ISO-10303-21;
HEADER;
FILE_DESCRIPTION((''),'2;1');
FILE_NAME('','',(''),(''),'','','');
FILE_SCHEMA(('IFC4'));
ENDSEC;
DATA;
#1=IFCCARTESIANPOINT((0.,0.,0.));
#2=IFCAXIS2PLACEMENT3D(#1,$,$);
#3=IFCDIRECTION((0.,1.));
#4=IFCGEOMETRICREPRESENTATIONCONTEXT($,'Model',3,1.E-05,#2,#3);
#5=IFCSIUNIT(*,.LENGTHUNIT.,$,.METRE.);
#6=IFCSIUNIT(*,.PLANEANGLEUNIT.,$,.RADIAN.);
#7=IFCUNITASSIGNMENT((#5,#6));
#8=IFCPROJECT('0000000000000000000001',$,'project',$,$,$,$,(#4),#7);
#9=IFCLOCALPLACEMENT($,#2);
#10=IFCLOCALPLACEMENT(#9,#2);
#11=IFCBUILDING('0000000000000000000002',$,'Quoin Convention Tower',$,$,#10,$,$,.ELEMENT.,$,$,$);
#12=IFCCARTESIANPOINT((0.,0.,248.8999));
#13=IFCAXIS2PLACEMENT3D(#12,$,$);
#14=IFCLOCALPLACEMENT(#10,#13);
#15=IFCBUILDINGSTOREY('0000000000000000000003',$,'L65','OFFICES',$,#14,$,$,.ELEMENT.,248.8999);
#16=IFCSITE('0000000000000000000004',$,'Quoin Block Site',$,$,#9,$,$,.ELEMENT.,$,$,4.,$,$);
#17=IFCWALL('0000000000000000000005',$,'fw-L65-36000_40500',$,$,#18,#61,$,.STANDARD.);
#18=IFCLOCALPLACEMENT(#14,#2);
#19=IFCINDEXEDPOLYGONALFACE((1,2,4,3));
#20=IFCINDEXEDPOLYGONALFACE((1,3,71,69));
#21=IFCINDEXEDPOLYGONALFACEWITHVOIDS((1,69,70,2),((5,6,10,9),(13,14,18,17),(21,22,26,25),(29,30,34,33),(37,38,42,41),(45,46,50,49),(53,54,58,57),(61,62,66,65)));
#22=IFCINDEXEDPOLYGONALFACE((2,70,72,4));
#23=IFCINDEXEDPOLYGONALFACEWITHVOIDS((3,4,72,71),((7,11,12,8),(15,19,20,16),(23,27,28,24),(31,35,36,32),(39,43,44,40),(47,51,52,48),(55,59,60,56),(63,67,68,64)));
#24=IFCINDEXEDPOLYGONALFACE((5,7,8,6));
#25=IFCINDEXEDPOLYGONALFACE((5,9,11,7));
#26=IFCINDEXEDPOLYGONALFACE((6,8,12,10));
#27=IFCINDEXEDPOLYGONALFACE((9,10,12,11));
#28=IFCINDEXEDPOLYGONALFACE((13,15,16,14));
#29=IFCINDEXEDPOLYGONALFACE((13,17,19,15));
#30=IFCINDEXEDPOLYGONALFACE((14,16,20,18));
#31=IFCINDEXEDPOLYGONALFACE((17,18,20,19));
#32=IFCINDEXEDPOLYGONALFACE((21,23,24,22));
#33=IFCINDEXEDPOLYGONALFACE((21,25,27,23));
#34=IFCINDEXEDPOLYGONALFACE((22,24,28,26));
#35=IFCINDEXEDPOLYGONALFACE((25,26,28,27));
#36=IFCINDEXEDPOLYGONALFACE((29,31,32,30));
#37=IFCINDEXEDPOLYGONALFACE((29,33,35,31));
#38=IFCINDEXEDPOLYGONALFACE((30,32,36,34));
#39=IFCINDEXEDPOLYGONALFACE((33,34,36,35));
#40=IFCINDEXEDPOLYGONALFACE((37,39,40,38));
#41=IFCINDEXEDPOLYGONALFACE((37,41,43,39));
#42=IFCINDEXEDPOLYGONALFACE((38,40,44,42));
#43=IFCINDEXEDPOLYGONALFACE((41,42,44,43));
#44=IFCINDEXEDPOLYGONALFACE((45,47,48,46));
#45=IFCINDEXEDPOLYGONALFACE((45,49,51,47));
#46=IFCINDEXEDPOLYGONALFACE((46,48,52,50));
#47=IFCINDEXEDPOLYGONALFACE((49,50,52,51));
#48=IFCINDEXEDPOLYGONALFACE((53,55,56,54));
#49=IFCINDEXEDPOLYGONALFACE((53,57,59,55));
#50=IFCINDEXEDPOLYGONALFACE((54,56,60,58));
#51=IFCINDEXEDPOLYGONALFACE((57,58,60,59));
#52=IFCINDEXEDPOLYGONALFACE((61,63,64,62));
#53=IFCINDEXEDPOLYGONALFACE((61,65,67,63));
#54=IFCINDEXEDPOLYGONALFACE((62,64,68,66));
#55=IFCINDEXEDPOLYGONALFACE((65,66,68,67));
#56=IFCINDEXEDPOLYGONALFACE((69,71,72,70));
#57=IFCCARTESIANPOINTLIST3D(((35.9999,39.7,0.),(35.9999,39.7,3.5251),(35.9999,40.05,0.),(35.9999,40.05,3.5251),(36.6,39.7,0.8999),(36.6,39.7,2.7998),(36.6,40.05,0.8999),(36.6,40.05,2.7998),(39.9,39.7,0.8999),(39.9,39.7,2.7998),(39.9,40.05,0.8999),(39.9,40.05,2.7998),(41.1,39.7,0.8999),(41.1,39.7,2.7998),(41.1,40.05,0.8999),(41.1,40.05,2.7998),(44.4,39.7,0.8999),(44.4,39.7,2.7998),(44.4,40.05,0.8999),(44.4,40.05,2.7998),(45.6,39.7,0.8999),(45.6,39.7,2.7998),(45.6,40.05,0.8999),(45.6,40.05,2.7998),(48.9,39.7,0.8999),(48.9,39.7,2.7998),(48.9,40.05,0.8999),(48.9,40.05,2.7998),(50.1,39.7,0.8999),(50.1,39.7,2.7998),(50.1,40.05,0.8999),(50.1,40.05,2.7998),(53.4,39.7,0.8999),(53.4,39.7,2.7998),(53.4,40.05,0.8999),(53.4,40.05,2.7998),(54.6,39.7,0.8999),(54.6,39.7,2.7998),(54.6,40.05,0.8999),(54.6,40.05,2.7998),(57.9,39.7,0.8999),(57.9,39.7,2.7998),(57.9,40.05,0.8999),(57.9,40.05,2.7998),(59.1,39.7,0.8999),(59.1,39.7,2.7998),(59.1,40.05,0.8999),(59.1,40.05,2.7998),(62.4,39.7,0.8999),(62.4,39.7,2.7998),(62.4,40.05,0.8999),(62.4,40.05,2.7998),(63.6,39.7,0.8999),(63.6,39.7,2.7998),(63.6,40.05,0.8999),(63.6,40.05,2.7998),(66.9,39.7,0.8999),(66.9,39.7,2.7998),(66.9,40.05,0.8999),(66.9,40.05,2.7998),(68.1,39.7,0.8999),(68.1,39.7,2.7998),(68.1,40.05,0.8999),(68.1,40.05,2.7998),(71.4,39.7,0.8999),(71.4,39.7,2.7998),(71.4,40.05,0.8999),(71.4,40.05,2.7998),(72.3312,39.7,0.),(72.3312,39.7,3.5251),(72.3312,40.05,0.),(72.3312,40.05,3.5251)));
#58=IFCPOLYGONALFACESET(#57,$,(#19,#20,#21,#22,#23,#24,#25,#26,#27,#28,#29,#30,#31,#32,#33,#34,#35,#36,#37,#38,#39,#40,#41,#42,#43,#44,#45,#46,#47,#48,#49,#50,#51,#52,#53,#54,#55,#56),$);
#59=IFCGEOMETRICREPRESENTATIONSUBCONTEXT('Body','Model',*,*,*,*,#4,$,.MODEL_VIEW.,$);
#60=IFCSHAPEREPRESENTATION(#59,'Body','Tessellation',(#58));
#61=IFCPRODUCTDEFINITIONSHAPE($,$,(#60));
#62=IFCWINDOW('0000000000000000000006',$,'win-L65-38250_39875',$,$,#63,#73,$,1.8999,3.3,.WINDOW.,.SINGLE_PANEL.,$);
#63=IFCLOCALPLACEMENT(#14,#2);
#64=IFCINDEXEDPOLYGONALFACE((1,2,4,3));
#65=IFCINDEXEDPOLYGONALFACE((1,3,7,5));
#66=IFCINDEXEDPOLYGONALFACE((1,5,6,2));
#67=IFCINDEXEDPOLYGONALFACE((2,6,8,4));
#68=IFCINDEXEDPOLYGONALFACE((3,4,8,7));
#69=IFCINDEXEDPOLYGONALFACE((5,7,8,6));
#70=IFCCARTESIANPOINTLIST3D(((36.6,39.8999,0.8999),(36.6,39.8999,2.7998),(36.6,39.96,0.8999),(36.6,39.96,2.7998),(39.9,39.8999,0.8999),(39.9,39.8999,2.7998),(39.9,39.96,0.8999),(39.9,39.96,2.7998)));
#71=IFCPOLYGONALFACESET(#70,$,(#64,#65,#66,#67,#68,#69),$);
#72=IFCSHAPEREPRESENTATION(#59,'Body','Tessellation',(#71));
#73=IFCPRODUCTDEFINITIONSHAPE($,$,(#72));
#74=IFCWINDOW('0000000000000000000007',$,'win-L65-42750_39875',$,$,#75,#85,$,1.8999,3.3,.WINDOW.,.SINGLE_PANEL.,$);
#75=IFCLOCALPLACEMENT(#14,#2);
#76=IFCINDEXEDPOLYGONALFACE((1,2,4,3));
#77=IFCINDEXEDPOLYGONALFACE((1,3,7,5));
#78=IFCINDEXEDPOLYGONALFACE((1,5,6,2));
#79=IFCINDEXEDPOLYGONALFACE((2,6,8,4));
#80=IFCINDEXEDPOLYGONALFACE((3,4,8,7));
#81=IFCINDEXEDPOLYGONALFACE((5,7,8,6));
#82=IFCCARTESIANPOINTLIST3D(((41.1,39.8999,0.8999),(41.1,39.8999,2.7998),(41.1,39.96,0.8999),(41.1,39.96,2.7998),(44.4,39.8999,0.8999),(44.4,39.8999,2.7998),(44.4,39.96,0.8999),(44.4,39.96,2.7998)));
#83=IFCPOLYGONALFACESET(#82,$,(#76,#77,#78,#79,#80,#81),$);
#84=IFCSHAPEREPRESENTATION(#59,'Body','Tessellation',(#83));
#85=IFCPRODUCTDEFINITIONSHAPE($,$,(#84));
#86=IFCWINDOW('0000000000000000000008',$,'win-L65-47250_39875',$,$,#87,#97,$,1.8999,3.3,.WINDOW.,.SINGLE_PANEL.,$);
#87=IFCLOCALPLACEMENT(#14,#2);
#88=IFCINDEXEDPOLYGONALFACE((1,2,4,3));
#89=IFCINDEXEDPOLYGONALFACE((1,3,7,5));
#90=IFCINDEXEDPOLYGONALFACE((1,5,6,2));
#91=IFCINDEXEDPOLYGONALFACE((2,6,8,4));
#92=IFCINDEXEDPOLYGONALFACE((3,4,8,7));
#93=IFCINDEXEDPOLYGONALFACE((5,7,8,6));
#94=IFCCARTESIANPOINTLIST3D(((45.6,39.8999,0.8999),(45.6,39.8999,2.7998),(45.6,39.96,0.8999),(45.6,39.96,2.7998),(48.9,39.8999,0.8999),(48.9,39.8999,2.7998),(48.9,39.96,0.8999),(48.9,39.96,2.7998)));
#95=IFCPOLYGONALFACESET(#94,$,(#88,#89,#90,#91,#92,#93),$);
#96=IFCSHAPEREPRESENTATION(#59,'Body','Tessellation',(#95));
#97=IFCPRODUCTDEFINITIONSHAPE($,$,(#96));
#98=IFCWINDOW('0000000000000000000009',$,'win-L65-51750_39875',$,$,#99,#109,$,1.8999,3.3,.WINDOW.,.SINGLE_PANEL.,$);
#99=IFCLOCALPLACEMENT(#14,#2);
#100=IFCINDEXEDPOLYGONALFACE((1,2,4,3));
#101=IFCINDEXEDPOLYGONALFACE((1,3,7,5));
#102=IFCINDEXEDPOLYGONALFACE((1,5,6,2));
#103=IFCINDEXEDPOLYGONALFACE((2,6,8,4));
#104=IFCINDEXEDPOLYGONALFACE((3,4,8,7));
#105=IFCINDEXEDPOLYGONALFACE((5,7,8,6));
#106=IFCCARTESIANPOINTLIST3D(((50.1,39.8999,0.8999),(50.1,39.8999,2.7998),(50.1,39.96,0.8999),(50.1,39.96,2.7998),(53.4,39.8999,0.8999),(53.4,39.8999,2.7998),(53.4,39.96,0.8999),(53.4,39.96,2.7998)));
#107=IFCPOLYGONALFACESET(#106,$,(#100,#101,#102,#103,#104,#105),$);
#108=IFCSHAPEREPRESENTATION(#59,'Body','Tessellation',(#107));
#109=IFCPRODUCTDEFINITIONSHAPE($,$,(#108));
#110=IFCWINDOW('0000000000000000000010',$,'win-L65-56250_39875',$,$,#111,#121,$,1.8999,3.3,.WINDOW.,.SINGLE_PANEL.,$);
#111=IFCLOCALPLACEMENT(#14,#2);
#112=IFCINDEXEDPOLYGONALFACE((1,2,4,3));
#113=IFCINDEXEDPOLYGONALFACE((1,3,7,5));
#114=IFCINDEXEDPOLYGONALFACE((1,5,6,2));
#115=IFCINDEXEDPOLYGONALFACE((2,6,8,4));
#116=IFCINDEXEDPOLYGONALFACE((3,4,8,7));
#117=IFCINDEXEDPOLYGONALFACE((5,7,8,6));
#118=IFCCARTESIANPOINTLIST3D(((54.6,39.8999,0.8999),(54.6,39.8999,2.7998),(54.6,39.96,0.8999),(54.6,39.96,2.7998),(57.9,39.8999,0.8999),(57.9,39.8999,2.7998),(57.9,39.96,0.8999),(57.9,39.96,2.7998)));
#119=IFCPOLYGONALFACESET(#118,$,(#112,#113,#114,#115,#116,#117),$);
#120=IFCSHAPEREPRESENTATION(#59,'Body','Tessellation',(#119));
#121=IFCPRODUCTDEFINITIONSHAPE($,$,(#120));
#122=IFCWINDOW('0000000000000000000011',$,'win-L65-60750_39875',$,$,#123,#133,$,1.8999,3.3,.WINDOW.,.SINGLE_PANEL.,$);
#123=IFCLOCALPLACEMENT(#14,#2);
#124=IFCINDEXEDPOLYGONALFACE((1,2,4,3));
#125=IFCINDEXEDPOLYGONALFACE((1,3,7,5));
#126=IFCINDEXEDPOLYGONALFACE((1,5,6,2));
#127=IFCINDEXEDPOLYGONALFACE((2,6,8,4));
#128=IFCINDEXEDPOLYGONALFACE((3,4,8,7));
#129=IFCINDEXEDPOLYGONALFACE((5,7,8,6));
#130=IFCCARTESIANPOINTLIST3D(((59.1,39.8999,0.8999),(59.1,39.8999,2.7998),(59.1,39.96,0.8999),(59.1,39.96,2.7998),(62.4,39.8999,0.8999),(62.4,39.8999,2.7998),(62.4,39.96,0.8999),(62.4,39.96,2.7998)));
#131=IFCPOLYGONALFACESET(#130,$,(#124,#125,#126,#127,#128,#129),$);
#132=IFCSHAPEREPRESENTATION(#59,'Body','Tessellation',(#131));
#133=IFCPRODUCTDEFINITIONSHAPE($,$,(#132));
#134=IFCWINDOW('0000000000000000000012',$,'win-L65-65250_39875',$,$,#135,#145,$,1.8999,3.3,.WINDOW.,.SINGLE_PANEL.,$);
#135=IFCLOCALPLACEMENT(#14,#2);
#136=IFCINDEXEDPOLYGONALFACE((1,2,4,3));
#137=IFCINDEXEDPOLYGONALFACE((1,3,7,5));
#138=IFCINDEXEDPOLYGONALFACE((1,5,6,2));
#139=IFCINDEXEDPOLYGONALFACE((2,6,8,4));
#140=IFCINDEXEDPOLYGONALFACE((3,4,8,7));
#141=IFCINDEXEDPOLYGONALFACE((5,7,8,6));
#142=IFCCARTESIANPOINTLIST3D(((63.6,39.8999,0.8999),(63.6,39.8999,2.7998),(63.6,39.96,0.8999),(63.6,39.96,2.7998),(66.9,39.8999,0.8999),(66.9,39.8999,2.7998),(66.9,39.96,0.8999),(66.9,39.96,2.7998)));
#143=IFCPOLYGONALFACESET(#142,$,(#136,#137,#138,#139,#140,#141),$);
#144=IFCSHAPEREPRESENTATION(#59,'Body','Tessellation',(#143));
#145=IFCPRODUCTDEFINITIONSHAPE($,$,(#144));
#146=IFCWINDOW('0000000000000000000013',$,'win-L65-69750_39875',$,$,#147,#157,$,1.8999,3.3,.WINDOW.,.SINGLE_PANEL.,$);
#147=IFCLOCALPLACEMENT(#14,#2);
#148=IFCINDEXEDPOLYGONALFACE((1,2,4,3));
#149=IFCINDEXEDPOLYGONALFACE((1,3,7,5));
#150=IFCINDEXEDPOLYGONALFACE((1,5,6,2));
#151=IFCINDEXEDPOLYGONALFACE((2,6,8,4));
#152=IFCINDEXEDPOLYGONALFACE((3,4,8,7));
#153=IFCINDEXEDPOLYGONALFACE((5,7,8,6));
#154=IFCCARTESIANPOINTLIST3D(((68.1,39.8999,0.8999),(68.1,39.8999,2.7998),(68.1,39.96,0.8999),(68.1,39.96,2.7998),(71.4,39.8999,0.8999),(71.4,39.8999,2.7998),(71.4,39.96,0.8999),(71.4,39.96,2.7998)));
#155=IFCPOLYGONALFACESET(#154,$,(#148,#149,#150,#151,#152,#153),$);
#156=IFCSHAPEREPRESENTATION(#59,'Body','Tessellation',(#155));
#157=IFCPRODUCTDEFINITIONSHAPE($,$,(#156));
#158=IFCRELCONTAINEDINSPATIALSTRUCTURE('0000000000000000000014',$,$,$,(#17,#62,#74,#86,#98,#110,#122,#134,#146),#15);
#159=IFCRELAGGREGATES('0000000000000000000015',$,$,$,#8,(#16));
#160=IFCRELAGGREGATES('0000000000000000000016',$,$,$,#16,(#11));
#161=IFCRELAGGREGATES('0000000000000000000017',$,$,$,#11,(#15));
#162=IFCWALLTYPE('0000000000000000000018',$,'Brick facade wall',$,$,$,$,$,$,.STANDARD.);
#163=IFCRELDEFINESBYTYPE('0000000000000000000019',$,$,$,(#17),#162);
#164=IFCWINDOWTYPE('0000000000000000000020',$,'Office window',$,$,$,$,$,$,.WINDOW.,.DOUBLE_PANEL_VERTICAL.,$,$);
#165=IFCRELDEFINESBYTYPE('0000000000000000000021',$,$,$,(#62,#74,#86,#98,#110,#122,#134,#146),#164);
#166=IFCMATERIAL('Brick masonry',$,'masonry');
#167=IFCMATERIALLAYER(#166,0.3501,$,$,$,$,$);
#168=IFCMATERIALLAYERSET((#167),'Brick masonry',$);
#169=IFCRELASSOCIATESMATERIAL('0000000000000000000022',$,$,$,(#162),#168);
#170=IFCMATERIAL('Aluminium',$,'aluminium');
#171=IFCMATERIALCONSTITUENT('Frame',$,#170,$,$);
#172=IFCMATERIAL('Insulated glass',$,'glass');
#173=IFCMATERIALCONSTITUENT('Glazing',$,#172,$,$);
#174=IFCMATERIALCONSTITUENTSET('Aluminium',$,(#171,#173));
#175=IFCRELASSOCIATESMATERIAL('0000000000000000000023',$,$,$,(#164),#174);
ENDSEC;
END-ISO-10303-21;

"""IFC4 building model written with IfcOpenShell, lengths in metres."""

from ifc_helpers import new_model, si_unit, direction, frame, frame_2d, origin, place, context, subcontext, project, spatial, rectangle, extrude, material, layer, layer_set, constituent, constituent_set, type_object, element, fill, save


model = new_model("IFC4")

# Units and contexts
model_context = context("Model", 3, precision=1e-05, world=origin(), true_north=direction((0.0, 1.0)))
body_context = subcontext(model_context, "Body", "Model", "MODEL_VIEW")
ifc_project = project(units=[si_unit("LENGTHUNIT", "METRE"), si_unit("PLANEANGLEUNIT", "RADIAN")], contexts=[model_context])

# Site, building, storey
site_placement = place(None, origin())
site = spatial("IfcSite", under=ifc_project, at=site_placement, Name="Quoin Block Site", CompositionType="ELEMENT", RefElevation=4.0)
building_placement = place(site_placement, origin())
building = spatial("IfcBuilding", under=site, at=building_placement, Name="Quoin Convention Tower", CompositionType="ELEMENT")
storey_placement = place(building_placement, frame((0.0, 0.0, 248.8999)))
storey = spatial("IfcBuildingStorey", under=building, at=storey_placement, Name="L65", Description="OFFICES", CompositionType="ELEMENT", Elevation=248.8999)

# Wall, openings, windows
ifc_material_1 = material(Name="Brick masonry", Category="masonry")
ifc_layer_1 = layer(ifc_material_1, 0.3501)
ifc_layer_set_1 = layer_set([ifc_layer_1], Name="Brick masonry")
wall_type = type_object("IfcWallType", Name="Brick facade wall", PredefinedType="STANDARD", material=ifc_layer_set_1)
wall_1_placement = place(storey_placement, frame((36.0, 39.875, 0.0), z_axis=(0.0, 0.0, 1.0), x_axis=(1.0, 0.0, 0.0)))
wall_1 = element("IfcWall", 1, at=wall_1_placement, inside=storey, type_object=wall_type, Name="fw-L65-36000_40500", PredefinedType="STANDARD", context=body_context, shape_type="SweptSolid", body=[
    extrude(rectangle(XDim=36.3313, YDim=0.3501, at=frame_2d((18.1655, 0.0))), origin(), (0.0, 0.0, 1.0), 3.5251),
])
opening_1_placement = place(wall_1_placement, frame((0.6001, 0.0, 0.8999)))
opening_1 = element("IfcOpeningElement", 2, at=opening_1_placement, cuts=wall_1, PredefinedType="OPENING", context=body_context, shape_type="SweptSolid", body=[
    extrude(rectangle(XDim=3.3, YDim=1.8999, at=frame_2d((1.6499, 0.95))), frame((0.0, 0.1851, 0.0), z_axis=(0.0, -1.0, 0.0), x_axis=(1.0, 0.0, 0.0)), (0.0, 0.0, 1.0), 0.3701),
])
opening_2_placement = place(wall_1_placement, frame((5.1001, 0.0, 0.8999)))
opening_2 = element("IfcOpeningElement", 3, at=opening_2_placement, cuts=wall_1, PredefinedType="OPENING", context=body_context, shape_type="SweptSolid", body=[
    extrude(rectangle(XDim=3.3, YDim=1.8999, at=frame_2d((1.6499, 0.95))), frame((0.0, 0.1851, 0.0), z_axis=(0.0, -1.0, 0.0), x_axis=(1.0, 0.0, 0.0)), (0.0, 0.0, 1.0), 0.3701),
])
opening_3_placement = place(wall_1_placement, frame((9.6001, 0.0, 0.8999)))
opening_3 = element("IfcOpeningElement", 4, at=opening_3_placement, cuts=wall_1, PredefinedType="OPENING", context=body_context, shape_type="SweptSolid", body=[
    extrude(rectangle(XDim=3.3, YDim=1.8999, at=frame_2d((1.6499, 0.95))), frame((0.0, 0.1851, 0.0), z_axis=(0.0, -1.0, 0.0), x_axis=(1.0, 0.0, 0.0)), (0.0, 0.0, 1.0), 0.3701),
])
opening_4_placement = place(wall_1_placement, frame((14.1001, 0.0, 0.8999)))
opening_4 = element("IfcOpeningElement", 5, at=opening_4_placement, cuts=wall_1, PredefinedType="OPENING", context=body_context, shape_type="SweptSolid", body=[
    extrude(rectangle(XDim=3.3, YDim=1.8999, at=frame_2d((1.6499, 0.95))), frame((0.0, 0.1851, 0.0), z_axis=(0.0, -1.0, 0.0), x_axis=(1.0, 0.0, 0.0)), (0.0, 0.0, 1.0), 0.3701),
])
opening_5_placement = place(wall_1_placement, frame((18.6001, 0.0, 0.8999)))
opening_5 = element("IfcOpeningElement", 6, at=opening_5_placement, cuts=wall_1, PredefinedType="OPENING", context=body_context, shape_type="SweptSolid", body=[
    extrude(rectangle(XDim=3.3, YDim=1.8999, at=frame_2d((1.6499, 0.95))), frame((0.0, 0.1851, 0.0), z_axis=(0.0, -1.0, 0.0), x_axis=(1.0, 0.0, 0.0)), (0.0, 0.0, 1.0), 0.3701),
])
opening_6_placement = place(wall_1_placement, frame((23.1001, 0.0, 0.8999)))
opening_6 = element("IfcOpeningElement", 7, at=opening_6_placement, cuts=wall_1, PredefinedType="OPENING", context=body_context, shape_type="SweptSolid", body=[
    extrude(rectangle(XDim=3.3, YDim=1.8999, at=frame_2d((1.6499, 0.95))), frame((0.0, 0.1851, 0.0), z_axis=(0.0, -1.0, 0.0), x_axis=(1.0, 0.0, 0.0)), (0.0, 0.0, 1.0), 0.3701),
])
opening_7_placement = place(wall_1_placement, frame((27.6001, 0.0, 0.8999)))
opening_7 = element("IfcOpeningElement", 8, at=opening_7_placement, cuts=wall_1, PredefinedType="OPENING", context=body_context, shape_type="SweptSolid", body=[
    extrude(rectangle(XDim=3.3, YDim=1.8999, at=frame_2d((1.6499, 0.95))), frame((0.0, 0.1851, 0.0), z_axis=(0.0, -1.0, 0.0), x_axis=(1.0, 0.0, 0.0)), (0.0, 0.0, 1.0), 0.3701),
])
opening_8_placement = place(wall_1_placement, frame((32.1001, 0.0, 0.8999)))
opening_8 = element("IfcOpeningElement", 9, at=opening_8_placement, cuts=wall_1, PredefinedType="OPENING", context=body_context, shape_type="SweptSolid", body=[
    extrude(rectangle(XDim=3.3, YDim=1.8999, at=frame_2d((1.6499, 0.95))), frame((0.0, 0.1851, 0.0), z_axis=(0.0, -1.0, 0.0), x_axis=(1.0, 0.0, 0.0)), (0.0, 0.0, 1.0), 0.3701),
])
ifc_material_2 = material(Name="Aluminium", Category="aluminium")
ifc_constituent_1 = constituent(ifc_material_2, Name="Frame")
ifc_material_3 = material(Name="Insulated glass", Category="glass")
ifc_constituent_2 = constituent(ifc_material_3, Name="Glazing")
ifc_constituent_set = constituent_set(constituents=[ifc_constituent_1, ifc_constituent_2], Name="Aluminium")
window_type = type_object("IfcWindowType", Name="Office window", PartitioningType="DOUBLE_PANEL_VERTICAL", PredefinedType="WINDOW", material=ifc_constituent_set)
window_1_placement = place(opening_1_placement, origin())
window_1 = element("IfcWindow", 10, at=window_1_placement, inside=storey, type_object=window_type, Name="win-L65-38250_39875", OverallHeight=1.8999, OverallWidth=3.3, PartitioningType="SINGLE_PANEL", PredefinedType="WINDOW", context=body_context, shape_type="SweptSolid", body=[
    extrude(rectangle(XDim=3.3, YDim=1.8999, at=frame_2d((1.6499, 0.95))), frame((0.0, 0.085, 0.0), z_axis=(0.0, -1.0, 0.0), x_axis=(1.0, 0.0, 0.0)), (0.0, 0.0, 1.0), 0.0601),
])
fill(opening_1, window_1)
window_2_placement = place(opening_2_placement, origin())
window_2 = element("IfcWindow", 11, at=window_2_placement, inside=storey, type_object=window_type, Name="win-L65-42750_39875", OverallHeight=1.8999, OverallWidth=3.3, PartitioningType="SINGLE_PANEL", PredefinedType="WINDOW", context=body_context, shape_type="SweptSolid", body=[
    extrude(rectangle(XDim=3.3, YDim=1.8999, at=frame_2d((1.6499, 0.95))), frame((0.0, 0.085, 0.0), z_axis=(0.0, -1.0, 0.0), x_axis=(1.0, 0.0, 0.0)), (0.0, 0.0, 1.0), 0.0601),
])
fill(opening_2, window_2)
window_3_placement = place(opening_3_placement, origin())
window_3 = element("IfcWindow", 12, at=window_3_placement, inside=storey, type_object=window_type, Name="win-L65-47250_39875", OverallHeight=1.8999, OverallWidth=3.3, PartitioningType="SINGLE_PANEL", PredefinedType="WINDOW", context=body_context, shape_type="SweptSolid", body=[
    extrude(rectangle(XDim=3.3, YDim=1.8999, at=frame_2d((1.6499, 0.95))), frame((0.0, 0.085, 0.0), z_axis=(0.0, -1.0, 0.0), x_axis=(1.0, 0.0, 0.0)), (0.0, 0.0, 1.0), 0.0601),
])
fill(opening_3, window_3)
window_4_placement = place(opening_4_placement, origin())
window_4 = element("IfcWindow", 13, at=window_4_placement, inside=storey, type_object=window_type, Name="win-L65-51750_39875", OverallHeight=1.8999, OverallWidth=3.3, PartitioningType="SINGLE_PANEL", PredefinedType="WINDOW", context=body_context, shape_type="SweptSolid", body=[
    extrude(rectangle(XDim=3.3, YDim=1.8999, at=frame_2d((1.6499, 0.95))), frame((0.0, 0.085, 0.0), z_axis=(0.0, -1.0, 0.0), x_axis=(1.0, 0.0, 0.0)), (0.0, 0.0, 1.0), 0.0601),
])
fill(opening_4, window_4)
window_5_placement = place(opening_5_placement, origin())
window_5 = element("IfcWindow", 14, at=window_5_placement, inside=storey, type_object=window_type, Name="win-L65-56250_39875", OverallHeight=1.8999, OverallWidth=3.3, PartitioningType="SINGLE_PANEL", PredefinedType="WINDOW", context=body_context, shape_type="SweptSolid", body=[
    extrude(rectangle(XDim=3.3, YDim=1.8999, at=frame_2d((1.6499, 0.95))), frame((0.0, 0.085, 0.0), z_axis=(0.0, -1.0, 0.0), x_axis=(1.0, 0.0, 0.0)), (0.0, 0.0, 1.0), 0.0601),
])
fill(opening_5, window_5)
window_6_placement = place(opening_6_placement, origin())
window_6 = element("IfcWindow", 15, at=window_6_placement, inside=storey, type_object=window_type, Name="win-L65-60750_39875", OverallHeight=1.8999, OverallWidth=3.3, PartitioningType="SINGLE_PANEL", PredefinedType="WINDOW", context=body_context, shape_type="SweptSolid", body=[
    extrude(rectangle(XDim=3.3, YDim=1.8999, at=frame_2d((1.6499, 0.95))), frame((0.0, 0.085, 0.0), z_axis=(0.0, -1.0, 0.0), x_axis=(1.0, 0.0, 0.0)), (0.0, 0.0, 1.0), 0.0601),
])
fill(opening_6, window_6)
window_7_placement = place(opening_7_placement, origin())
window_7 = element("IfcWindow", 16, at=window_7_placement, inside=storey, type_object=window_type, Name="win-L65-65250_39875", OverallHeight=1.8999, OverallWidth=3.3, PartitioningType="SINGLE_PANEL", PredefinedType="WINDOW", context=body_context, shape_type="SweptSolid", body=[
    extrude(rectangle(XDim=3.3, YDim=1.8999, at=frame_2d((1.6499, 0.95))), frame((0.0, 0.085, 0.0), z_axis=(0.0, -1.0, 0.0), x_axis=(1.0, 0.0, 0.0)), (0.0, 0.0, 1.0), 0.0601),
])
fill(opening_7, window_7)
window_8_placement = place(opening_8_placement, origin())
window_8 = element("IfcWindow", 17, at=window_8_placement, inside=storey, type_object=window_type, Name="win-L65-69750_39875", OverallHeight=1.8999, OverallWidth=3.3, PartitioningType="SINGLE_PANEL", PredefinedType="WINDOW", context=body_context, shape_type="SweptSolid", body=[
    extrude(rectangle(XDim=3.3, YDim=1.8999, at=frame_2d((1.6499, 0.95))), frame((0.0, 0.085, 0.0), z_axis=(0.0, -1.0, 0.0), x_axis=(1.0, 0.0, 0.0)), (0.0, 0.0, 1.0), 0.0601),
])
fill(opening_8, window_8)

save(model, "model.ifc")
